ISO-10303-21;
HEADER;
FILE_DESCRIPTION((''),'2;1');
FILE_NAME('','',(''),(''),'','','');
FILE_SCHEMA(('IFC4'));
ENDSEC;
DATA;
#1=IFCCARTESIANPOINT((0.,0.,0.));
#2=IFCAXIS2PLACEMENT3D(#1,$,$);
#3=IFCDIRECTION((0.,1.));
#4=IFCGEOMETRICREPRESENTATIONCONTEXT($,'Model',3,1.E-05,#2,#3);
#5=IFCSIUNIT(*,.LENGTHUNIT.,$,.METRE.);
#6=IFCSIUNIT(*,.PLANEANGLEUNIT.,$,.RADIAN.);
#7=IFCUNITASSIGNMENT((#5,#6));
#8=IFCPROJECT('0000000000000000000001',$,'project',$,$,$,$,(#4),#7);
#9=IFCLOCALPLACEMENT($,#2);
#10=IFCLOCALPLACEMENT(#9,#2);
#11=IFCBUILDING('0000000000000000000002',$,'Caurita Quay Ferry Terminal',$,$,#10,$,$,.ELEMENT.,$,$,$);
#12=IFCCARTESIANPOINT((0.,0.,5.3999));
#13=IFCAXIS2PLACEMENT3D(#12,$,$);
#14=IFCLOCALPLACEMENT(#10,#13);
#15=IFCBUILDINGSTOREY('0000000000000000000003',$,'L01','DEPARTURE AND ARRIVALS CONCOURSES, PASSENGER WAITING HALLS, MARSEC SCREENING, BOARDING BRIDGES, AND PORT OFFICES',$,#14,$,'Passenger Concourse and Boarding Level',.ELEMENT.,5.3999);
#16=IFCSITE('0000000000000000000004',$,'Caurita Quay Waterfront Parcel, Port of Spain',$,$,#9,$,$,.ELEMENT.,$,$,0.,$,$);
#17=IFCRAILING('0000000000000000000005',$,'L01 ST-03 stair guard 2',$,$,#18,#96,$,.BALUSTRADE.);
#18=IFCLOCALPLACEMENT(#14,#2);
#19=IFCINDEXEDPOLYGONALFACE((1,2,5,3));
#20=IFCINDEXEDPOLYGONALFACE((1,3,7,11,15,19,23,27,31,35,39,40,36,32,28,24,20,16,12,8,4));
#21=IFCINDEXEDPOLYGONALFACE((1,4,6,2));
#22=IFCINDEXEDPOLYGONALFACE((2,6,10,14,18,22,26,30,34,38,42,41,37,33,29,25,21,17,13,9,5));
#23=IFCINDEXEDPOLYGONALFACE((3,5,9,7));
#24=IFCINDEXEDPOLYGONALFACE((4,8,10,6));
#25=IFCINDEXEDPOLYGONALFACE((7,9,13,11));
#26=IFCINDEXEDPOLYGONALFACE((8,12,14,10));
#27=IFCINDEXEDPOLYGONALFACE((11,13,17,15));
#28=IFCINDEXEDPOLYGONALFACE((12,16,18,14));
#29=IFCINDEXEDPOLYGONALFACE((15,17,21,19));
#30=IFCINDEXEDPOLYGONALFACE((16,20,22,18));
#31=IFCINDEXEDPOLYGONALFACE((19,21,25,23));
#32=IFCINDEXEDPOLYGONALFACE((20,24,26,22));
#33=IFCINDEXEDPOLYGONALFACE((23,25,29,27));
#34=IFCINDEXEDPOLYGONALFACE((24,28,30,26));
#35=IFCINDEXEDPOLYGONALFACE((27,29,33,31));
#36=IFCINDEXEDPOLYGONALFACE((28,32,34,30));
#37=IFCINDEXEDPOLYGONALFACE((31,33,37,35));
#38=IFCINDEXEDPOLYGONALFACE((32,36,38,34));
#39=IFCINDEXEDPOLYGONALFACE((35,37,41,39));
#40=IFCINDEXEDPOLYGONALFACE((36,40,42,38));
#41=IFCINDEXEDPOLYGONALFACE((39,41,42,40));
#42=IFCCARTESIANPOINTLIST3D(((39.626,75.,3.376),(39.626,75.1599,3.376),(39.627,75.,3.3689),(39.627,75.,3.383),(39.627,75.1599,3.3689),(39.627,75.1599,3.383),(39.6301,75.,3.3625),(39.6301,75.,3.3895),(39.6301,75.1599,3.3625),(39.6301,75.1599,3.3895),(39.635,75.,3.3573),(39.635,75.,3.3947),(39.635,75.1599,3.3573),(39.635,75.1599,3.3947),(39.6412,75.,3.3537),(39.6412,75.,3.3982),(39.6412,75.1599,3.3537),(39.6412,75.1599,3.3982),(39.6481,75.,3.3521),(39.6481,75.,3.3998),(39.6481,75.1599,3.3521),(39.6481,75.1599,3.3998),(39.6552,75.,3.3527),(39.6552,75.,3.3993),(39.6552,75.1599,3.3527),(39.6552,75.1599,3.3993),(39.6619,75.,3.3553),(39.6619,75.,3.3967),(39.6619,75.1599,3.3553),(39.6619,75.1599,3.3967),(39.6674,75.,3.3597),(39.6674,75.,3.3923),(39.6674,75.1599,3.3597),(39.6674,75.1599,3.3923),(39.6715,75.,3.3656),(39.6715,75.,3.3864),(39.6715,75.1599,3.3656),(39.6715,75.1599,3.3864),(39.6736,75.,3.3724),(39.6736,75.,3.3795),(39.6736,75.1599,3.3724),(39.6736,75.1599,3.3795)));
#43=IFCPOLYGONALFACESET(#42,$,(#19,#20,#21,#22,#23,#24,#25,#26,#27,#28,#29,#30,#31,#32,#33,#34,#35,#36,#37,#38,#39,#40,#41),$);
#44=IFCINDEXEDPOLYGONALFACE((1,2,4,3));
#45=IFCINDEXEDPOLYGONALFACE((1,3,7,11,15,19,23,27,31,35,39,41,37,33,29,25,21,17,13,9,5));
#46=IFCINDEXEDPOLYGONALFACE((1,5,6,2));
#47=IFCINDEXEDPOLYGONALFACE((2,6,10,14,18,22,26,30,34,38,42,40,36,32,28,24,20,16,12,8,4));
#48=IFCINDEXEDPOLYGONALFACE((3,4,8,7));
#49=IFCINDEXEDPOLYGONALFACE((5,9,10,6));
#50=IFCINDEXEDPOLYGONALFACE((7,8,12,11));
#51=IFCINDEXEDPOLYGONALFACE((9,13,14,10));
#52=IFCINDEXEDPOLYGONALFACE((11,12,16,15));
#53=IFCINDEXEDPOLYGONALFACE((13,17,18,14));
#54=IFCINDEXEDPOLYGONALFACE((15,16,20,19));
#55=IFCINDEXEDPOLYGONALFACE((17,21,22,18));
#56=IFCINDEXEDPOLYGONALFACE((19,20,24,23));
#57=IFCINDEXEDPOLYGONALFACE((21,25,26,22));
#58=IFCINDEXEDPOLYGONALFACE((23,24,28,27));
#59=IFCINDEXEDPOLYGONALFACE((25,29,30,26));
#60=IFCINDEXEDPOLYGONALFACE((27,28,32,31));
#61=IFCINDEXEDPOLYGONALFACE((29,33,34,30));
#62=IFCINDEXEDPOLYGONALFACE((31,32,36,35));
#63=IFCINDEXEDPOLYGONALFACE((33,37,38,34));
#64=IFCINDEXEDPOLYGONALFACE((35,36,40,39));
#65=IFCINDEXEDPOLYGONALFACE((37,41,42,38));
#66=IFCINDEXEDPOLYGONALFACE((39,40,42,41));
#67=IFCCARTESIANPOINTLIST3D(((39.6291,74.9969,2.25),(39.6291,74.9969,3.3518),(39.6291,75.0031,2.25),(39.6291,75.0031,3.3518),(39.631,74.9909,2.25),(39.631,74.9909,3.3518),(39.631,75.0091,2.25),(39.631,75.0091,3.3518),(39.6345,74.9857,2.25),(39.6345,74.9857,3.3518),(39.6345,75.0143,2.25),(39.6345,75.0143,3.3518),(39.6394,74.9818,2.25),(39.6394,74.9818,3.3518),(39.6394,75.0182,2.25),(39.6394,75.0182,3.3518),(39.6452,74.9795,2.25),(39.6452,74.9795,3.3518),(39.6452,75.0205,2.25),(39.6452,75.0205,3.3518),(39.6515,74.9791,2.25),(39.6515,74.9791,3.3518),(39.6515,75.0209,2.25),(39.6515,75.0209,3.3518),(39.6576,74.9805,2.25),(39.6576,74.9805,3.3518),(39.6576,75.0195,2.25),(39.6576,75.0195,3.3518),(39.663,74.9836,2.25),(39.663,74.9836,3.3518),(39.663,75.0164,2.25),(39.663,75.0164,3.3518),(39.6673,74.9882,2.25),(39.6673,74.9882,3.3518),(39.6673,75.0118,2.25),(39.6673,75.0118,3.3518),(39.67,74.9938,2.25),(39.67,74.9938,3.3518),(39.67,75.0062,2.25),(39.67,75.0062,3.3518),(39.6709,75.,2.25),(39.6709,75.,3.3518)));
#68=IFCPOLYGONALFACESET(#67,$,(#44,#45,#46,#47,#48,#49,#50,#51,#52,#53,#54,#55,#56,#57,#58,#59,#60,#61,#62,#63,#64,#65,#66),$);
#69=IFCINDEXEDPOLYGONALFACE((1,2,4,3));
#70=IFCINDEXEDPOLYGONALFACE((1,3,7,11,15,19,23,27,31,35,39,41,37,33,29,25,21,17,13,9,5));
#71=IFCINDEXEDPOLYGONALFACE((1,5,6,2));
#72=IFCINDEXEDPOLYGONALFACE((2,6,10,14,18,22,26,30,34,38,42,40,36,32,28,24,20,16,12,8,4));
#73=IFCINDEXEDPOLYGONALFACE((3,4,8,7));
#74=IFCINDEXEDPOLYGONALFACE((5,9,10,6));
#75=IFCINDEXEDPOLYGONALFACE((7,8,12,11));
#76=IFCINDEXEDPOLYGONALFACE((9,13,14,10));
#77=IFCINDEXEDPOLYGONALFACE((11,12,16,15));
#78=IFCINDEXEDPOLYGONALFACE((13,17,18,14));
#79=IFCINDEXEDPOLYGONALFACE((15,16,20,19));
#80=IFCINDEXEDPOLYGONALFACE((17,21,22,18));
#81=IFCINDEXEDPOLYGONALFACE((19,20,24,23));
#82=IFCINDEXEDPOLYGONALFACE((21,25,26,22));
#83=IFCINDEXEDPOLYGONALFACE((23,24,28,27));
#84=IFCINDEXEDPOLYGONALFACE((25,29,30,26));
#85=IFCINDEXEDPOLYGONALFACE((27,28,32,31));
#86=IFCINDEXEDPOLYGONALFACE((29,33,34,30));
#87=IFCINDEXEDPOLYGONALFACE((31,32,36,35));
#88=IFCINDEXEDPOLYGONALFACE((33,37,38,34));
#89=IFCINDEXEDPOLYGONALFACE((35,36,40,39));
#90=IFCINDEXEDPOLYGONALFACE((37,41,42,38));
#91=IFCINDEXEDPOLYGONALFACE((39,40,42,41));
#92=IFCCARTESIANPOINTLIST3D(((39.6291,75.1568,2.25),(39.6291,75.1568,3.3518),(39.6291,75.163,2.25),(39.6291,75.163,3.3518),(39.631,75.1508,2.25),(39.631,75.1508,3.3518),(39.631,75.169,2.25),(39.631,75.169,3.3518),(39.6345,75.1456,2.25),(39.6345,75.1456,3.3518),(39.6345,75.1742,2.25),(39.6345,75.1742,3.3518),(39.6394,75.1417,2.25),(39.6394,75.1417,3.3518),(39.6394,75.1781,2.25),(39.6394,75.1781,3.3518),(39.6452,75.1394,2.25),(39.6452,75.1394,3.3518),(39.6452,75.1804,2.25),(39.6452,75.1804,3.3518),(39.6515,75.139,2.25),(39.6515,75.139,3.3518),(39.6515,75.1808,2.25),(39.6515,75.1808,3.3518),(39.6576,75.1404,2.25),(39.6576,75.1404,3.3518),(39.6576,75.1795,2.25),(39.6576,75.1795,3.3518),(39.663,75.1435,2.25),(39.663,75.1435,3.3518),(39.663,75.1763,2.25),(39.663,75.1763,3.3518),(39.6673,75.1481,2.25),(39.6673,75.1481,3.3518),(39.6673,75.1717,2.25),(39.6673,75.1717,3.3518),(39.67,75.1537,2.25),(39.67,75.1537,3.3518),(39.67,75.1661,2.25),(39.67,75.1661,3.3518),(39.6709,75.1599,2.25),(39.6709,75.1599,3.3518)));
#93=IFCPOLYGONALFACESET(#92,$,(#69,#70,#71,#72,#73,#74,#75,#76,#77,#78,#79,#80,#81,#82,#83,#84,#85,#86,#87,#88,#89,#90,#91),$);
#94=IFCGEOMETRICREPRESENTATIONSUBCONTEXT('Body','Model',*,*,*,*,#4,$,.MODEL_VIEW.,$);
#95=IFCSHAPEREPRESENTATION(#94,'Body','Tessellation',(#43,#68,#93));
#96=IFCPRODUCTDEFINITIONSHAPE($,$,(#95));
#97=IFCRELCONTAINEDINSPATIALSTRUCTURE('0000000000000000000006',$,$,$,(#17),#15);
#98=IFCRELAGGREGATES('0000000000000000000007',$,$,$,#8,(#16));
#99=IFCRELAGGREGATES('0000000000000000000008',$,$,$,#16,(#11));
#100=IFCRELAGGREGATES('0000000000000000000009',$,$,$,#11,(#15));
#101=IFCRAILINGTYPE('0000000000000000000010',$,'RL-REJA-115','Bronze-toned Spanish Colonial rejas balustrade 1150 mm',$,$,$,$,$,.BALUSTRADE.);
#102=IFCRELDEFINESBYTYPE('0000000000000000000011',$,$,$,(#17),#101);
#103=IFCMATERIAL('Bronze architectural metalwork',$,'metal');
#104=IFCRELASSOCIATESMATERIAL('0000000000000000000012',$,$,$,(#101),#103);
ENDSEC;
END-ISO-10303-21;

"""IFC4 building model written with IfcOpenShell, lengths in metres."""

from ifc_helpers import new_model, si_unit, direction, frame, origin, origin_2d, place, context, subcontext, project, spatial, circle, extrude, material, type_object, element, save


model = new_model("IFC4")

# Units and contexts
model_context = context("Model", 3, precision=1e-05, world=origin(), true_north=direction((0.0, 1.0)))
body_context = subcontext(model_context, "Body", "Model", "MODEL_VIEW")
ifc_project = project(units=[si_unit("LENGTHUNIT", "METRE"), si_unit("PLANEANGLEUNIT", "RADIAN")], contexts=[model_context])

# Site, building, storey
site_placement = place(None, origin())
site = spatial("IfcSite", under=ifc_project, at=site_placement, Name="Caurita Quay Waterfront Parcel, Port of Spain", CompositionType="ELEMENT", RefElevation=0.0)
building_placement = place(site_placement, origin())
building = spatial("IfcBuilding", under=site, at=building_placement, Name="Caurita Quay Ferry Terminal", CompositionType="ELEMENT")
storey_placement = place(building_placement, frame((0.0, 0.0, 5.3999)))
storey = spatial("IfcBuildingStorey", under=building, at=storey_placement, Name="L01", Description="DEPARTURE AND ARRIVALS CONCOURSES, PASSENGER WAITING HALLS, MARSEC SCREENING, BOARDING BRIDGES, AND PORT OFFICES", LongName="Passenger Concourse and Boarding Level", CompositionType="ELEMENT", Elevation=5.3999)

# Railing
ifc_material_1 = material(Name="Bronze architectural metalwork", Category="metal")
railing_type_1 = type_object("IfcRailingType", Name="RL-REJA-115", Description="Bronze-toned Spanish Colonial rejas balustrade 1150 mm", PredefinedType="BALUSTRADE", material=ifc_material_1)
railing_1_placement = place(storey_placement, frame((39.6499, 75.0, 2.25)))
element("IfcRailing", 1, at=railing_1_placement, inside=storey, type_object=railing_type_1, Name="L01 ST-03 stair guard 2", PredefinedType="BALUSTRADE", context=body_context, shape_type="SweptSolid", body=[
    extrude(circle(Radius=0.0239, at=origin_2d()), frame((0.0, 0.0, 1.126), z_axis=(0.0, 1.0, 0.0), x_axis=(-1.0, 0.0, 0.0)), (0.0, 0.0, 1.0), 0.1599),
    extrude(circle(Radius=0.021, at=origin_2d()), origin(), (0.0, 0.0, 1.0), 1.1018),
    extrude(circle(Radius=0.021, at=origin_2d()), frame((0.0, 0.1599, 0.0)), (0.0, 0.0, 1.0), 1.1018),
])

save(model, "model.ifc")
